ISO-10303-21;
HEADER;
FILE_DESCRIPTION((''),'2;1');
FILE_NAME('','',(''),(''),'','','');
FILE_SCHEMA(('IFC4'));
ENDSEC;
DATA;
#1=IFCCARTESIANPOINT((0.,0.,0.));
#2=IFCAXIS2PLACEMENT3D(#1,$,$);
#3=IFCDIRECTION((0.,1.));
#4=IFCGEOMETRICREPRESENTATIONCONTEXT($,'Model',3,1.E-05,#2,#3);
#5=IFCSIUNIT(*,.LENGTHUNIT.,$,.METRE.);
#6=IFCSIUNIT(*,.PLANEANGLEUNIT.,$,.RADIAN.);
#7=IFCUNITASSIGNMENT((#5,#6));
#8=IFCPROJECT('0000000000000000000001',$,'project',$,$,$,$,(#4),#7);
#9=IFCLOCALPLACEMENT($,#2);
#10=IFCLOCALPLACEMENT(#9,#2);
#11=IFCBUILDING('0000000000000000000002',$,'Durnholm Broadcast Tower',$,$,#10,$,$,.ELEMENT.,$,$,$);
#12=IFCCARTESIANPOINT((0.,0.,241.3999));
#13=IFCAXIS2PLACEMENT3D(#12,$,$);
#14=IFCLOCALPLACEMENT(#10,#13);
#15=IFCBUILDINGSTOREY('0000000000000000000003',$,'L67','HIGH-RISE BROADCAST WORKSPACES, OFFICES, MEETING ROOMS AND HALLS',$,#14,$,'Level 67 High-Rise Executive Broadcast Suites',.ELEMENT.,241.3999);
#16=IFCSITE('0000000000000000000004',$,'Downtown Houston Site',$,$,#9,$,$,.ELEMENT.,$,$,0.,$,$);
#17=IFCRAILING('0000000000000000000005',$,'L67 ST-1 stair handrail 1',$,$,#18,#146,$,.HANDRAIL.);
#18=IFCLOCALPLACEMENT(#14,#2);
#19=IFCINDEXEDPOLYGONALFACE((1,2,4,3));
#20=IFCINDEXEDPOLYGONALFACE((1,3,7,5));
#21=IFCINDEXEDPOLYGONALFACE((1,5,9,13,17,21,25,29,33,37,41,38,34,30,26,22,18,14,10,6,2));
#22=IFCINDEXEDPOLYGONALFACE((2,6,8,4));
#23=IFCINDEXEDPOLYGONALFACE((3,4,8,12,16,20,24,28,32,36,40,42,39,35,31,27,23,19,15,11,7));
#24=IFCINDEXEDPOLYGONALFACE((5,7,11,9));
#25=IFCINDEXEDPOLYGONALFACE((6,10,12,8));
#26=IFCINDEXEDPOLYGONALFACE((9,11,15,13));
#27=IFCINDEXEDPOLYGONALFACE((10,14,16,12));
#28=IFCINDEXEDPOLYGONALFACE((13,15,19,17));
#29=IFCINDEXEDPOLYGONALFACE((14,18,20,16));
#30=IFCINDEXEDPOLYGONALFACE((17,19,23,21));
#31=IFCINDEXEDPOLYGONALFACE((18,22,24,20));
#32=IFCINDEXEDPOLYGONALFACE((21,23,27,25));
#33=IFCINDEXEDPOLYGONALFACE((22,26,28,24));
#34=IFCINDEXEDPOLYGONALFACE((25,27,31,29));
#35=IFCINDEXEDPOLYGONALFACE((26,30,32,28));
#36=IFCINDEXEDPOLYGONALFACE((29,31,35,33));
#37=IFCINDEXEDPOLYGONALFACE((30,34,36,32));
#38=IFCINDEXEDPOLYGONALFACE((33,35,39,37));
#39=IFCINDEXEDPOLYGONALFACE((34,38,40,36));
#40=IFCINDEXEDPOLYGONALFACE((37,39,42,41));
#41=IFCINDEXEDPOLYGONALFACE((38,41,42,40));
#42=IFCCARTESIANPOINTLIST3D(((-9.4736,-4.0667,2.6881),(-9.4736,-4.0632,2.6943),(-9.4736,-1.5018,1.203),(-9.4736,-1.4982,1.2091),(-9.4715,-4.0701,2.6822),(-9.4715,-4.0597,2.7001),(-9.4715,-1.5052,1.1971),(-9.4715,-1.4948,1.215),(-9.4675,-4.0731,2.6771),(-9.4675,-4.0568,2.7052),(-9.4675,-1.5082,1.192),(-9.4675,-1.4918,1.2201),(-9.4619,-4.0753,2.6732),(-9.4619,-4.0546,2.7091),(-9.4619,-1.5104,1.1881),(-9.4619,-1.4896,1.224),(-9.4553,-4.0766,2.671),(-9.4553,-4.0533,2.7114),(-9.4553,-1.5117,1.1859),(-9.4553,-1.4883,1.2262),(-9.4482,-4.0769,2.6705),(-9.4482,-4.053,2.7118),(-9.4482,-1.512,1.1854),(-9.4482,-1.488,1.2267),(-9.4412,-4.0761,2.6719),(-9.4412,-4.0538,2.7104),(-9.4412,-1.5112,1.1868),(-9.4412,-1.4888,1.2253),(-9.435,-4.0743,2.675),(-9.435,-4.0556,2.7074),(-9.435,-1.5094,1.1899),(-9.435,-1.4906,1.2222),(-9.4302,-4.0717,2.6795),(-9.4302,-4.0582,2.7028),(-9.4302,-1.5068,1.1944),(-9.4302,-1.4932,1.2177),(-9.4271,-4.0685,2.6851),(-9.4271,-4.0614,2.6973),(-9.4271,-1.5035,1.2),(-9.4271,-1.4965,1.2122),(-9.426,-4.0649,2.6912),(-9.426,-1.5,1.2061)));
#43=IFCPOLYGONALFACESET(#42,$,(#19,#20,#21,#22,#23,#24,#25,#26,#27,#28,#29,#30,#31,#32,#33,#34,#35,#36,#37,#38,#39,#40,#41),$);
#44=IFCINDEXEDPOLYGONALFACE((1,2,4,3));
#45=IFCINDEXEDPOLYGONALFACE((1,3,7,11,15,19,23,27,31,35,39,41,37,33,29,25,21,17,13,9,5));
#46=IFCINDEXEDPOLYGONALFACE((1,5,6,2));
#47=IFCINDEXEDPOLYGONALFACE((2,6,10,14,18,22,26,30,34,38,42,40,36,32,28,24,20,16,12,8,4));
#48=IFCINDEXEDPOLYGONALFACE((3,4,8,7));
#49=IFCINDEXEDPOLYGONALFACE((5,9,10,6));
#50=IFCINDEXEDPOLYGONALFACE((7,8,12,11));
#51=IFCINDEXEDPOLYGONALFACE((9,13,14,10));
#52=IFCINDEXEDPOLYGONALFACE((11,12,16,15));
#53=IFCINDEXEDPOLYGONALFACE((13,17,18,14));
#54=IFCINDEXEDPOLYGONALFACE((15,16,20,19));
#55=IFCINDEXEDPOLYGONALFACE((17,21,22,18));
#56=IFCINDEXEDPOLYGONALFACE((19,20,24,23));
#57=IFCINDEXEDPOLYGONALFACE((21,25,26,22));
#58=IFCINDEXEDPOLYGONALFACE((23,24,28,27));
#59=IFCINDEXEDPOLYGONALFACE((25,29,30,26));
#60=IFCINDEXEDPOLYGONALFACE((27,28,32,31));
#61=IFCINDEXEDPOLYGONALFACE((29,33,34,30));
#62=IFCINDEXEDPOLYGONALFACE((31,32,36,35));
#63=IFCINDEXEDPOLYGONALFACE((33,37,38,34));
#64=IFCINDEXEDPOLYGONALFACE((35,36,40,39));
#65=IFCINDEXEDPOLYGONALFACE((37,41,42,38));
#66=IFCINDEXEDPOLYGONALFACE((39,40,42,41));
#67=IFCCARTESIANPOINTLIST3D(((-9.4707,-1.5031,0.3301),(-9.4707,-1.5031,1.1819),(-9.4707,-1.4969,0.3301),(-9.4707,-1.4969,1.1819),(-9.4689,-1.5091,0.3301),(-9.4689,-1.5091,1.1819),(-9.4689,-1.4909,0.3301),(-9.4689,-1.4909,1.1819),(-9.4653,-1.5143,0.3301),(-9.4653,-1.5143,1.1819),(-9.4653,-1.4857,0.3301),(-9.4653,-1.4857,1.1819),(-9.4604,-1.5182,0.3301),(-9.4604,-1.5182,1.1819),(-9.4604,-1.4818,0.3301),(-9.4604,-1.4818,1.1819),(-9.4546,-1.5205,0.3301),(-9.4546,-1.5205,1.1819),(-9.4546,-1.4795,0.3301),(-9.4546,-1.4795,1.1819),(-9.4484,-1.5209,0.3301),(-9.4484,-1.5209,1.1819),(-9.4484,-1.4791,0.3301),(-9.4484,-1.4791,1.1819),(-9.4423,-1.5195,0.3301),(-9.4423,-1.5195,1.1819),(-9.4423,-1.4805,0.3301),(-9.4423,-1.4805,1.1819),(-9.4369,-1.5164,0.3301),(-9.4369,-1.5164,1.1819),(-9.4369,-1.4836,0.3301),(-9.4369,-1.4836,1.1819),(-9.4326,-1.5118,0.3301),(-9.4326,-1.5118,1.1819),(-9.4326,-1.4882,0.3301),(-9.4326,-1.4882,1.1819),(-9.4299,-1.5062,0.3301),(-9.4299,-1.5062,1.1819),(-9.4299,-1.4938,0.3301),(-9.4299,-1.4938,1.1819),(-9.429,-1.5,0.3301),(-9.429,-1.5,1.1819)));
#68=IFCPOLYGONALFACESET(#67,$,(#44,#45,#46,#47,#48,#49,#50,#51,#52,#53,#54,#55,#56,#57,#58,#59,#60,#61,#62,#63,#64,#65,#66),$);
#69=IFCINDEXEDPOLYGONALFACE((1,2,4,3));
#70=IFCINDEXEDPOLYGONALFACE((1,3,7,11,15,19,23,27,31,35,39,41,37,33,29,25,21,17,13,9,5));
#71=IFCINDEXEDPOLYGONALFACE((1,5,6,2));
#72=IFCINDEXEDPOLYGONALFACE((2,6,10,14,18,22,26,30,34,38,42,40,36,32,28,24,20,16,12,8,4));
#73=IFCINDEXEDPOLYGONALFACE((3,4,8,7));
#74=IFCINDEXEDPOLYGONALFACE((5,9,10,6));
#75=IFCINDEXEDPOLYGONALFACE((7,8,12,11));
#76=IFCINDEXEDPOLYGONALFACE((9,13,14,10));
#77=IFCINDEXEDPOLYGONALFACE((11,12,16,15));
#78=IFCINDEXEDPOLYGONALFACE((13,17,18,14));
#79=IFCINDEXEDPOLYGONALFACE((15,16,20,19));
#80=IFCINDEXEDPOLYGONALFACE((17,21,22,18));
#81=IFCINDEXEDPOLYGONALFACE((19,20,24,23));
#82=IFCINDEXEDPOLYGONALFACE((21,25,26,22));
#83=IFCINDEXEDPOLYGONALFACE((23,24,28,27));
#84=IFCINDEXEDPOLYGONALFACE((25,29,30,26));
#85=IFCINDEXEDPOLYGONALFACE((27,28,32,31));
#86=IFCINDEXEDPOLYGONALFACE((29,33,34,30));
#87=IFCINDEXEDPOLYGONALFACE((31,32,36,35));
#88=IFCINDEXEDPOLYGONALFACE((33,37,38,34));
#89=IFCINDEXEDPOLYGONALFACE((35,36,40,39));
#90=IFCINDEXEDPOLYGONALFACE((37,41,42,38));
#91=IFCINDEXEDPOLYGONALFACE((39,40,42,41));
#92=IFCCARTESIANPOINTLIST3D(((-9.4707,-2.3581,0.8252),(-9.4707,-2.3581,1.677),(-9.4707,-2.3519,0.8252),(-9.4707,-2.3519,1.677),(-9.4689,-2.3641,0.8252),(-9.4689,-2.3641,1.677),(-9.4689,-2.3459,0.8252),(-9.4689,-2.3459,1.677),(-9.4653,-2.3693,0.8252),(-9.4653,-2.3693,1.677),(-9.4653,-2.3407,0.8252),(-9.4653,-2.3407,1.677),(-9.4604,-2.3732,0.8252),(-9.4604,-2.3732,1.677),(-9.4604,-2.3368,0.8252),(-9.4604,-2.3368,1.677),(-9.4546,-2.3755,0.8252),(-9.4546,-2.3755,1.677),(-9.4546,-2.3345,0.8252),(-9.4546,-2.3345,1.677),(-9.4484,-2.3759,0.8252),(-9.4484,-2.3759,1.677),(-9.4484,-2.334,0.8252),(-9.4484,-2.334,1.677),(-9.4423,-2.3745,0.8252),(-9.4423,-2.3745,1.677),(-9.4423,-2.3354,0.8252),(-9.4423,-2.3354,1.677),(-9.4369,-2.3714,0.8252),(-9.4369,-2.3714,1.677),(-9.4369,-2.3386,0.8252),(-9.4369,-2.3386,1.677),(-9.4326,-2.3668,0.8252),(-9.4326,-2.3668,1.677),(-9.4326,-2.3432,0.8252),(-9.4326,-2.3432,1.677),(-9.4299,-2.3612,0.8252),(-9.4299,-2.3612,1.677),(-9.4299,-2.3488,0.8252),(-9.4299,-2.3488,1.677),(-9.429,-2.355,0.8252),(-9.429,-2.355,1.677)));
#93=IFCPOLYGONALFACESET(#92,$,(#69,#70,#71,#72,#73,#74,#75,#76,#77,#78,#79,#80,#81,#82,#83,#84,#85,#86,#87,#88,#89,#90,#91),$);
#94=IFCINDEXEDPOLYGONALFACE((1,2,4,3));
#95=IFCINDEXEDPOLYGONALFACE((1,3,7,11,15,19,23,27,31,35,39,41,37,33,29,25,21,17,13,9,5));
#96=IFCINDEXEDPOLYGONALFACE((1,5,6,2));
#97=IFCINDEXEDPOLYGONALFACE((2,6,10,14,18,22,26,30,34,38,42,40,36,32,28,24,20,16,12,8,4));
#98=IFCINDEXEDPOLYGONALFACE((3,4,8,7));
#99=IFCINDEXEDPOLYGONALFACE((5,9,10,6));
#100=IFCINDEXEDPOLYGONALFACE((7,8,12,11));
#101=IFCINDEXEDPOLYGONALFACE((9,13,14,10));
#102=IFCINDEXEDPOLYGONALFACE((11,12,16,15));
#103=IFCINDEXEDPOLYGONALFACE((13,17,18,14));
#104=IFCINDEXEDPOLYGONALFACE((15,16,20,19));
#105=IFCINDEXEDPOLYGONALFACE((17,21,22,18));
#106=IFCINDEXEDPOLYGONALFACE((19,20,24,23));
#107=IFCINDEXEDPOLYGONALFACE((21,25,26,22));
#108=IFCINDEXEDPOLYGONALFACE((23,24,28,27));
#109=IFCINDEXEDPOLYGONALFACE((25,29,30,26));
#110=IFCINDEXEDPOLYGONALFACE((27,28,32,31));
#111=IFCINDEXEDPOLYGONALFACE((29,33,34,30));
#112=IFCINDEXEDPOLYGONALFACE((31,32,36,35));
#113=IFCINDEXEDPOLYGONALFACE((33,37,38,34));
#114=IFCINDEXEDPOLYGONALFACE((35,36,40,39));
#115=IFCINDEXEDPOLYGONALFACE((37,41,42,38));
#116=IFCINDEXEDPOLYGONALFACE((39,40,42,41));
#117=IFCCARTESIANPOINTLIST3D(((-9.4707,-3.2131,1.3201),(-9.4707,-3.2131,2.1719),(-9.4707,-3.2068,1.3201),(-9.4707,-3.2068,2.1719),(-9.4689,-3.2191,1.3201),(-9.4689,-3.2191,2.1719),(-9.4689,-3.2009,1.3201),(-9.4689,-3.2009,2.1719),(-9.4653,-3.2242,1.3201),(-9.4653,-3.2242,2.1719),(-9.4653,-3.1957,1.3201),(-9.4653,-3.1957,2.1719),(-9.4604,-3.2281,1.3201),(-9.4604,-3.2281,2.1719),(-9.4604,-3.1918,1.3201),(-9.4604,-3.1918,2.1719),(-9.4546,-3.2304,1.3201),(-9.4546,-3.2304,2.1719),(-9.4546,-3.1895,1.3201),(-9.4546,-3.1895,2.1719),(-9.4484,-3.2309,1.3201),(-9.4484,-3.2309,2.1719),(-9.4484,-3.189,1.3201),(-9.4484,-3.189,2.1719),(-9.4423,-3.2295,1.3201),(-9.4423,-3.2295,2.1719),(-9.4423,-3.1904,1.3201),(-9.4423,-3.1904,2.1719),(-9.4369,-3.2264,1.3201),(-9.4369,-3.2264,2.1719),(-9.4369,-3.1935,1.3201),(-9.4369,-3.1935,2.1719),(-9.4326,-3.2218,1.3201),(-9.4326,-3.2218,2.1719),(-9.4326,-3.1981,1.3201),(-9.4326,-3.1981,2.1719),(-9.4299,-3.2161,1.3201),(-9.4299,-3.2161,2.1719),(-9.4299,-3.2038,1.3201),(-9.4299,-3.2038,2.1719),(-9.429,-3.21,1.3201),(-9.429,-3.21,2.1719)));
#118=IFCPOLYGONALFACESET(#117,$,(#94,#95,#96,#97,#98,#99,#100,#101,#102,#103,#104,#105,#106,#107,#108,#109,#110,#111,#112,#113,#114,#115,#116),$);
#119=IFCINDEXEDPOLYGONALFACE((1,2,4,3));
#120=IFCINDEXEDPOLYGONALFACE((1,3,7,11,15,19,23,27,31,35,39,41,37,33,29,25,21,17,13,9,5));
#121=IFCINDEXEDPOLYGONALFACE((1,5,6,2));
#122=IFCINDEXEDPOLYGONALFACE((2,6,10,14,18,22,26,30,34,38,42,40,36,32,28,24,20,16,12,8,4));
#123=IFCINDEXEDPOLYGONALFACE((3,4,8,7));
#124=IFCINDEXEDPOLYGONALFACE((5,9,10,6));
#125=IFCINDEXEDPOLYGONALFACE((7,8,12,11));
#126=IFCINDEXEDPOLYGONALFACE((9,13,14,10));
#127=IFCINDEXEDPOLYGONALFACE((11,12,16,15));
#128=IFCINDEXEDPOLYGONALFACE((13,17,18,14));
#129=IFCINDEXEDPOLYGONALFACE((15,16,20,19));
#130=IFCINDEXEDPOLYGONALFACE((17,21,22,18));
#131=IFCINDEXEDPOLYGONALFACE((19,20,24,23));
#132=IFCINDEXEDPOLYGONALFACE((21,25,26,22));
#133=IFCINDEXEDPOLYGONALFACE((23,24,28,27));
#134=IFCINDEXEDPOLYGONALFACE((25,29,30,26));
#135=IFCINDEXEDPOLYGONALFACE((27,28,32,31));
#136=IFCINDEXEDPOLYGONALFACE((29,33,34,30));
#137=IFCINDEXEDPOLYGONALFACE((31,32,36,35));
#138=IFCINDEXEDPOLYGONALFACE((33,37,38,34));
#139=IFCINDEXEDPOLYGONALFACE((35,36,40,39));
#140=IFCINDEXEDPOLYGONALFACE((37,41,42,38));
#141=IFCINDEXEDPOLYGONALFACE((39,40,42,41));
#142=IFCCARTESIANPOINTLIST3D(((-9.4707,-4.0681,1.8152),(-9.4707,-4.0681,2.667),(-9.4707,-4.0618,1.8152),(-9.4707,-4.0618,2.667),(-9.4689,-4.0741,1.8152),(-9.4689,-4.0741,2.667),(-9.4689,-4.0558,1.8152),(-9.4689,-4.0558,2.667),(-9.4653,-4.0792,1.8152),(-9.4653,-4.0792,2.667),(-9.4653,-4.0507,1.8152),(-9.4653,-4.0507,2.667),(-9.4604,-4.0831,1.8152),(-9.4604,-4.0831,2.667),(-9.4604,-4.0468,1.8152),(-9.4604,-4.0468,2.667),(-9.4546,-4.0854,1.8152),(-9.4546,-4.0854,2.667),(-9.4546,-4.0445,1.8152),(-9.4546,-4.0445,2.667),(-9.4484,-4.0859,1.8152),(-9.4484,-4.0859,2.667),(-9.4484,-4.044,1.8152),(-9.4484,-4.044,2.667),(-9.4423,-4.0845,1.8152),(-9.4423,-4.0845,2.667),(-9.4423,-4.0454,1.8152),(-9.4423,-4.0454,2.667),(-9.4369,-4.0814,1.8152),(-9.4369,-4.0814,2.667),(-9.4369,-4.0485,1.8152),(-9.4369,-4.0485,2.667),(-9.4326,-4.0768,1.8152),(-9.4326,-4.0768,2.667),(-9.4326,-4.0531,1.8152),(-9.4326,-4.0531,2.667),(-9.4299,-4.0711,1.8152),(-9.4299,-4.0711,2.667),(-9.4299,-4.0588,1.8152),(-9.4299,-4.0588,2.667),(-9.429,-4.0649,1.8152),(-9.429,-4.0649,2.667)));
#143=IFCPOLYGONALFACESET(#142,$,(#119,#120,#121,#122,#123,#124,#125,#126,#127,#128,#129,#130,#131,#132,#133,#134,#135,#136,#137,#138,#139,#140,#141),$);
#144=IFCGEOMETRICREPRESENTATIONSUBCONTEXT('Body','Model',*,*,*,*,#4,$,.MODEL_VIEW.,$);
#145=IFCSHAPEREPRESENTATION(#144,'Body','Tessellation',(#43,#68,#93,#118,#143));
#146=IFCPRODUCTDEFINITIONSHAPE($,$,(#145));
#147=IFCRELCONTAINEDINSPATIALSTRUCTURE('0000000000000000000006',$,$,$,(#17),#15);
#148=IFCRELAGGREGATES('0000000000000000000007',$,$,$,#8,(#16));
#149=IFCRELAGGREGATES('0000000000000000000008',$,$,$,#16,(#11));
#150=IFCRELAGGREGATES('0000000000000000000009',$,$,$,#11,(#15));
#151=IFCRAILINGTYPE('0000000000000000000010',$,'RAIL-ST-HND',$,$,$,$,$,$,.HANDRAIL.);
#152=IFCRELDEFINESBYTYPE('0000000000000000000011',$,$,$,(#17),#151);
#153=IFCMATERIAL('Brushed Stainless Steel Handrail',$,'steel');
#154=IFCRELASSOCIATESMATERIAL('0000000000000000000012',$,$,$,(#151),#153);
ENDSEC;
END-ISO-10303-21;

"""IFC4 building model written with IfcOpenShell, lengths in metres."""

from ifc_helpers import new_model, si_unit, direction, frame, origin, origin_2d, place, context, subcontext, project, spatial, circle, extrude, material, type_object, element, save


model = new_model("IFC4")

# Units and contexts
model_context = context("Model", 3, precision=1e-05, world=origin(), true_north=direction((0.0, 1.0)))
body_context = subcontext(model_context, "Body", "Model", "MODEL_VIEW")
ifc_project = project(units=[si_unit("LENGTHUNIT", "METRE"), si_unit("PLANEANGLEUNIT", "RADIAN")], contexts=[model_context])

# Site, building, storey
site_placement = place(None, origin())
site = spatial("IfcSite", under=ifc_project, at=site_placement, Name="Downtown Houston Site", CompositionType="ELEMENT", RefElevation=0.0)
building_placement = place(site_placement, origin())
building = spatial("IfcBuilding", under=site, at=building_placement, Name="Durnholm Broadcast Tower", CompositionType="ELEMENT")
storey_placement = place(building_placement, frame((0.0, 0.0, 241.3999)))
storey = spatial("IfcBuildingStorey", under=building, at=storey_placement, Name="L67", Description="HIGH-RISE BROADCAST WORKSPACES, OFFICES, MEETING ROOMS AND HALLS", LongName="Level 67 High-Rise Executive Broadcast Suites", CompositionType="ELEMENT", Elevation=241.3999)

# Railing
ifc_material_1 = material(Name="Brushed Stainless Steel Handrail", Category="steel")
railing_type_1 = type_object("IfcRailingType", Name="RAIL-ST-HND", PredefinedType="HANDRAIL", material=ifc_material_1)
railing_1_placement = place(storey_placement, frame((-9.45, -1.5, 0.3301)))
element("IfcRailing", 1, at=railing_1_placement, inside=storey, type_object=railing_type_1, Name="L67 ST-1 stair handrail 1", PredefinedType="HANDRAIL", context=body_context, shape_type="SweptSolid", body=[
    extrude(circle(Radius=0.0239, at=origin_2d()), frame((0.0, 0.0, 0.876), z_axis=(0.0, -0.865406, 0.501072), x_axis=(1.0, 0.0, 0.0)), (0.0, 0.0, 1.0), 2.9639),
    extrude(circle(Radius=0.021, at=origin_2d()), origin(), (0.0, 0.0, 1.0), 0.8518),
    extrude(circle(Radius=0.021, at=origin_2d()), frame((0.0, -0.855, 0.4951)), (0.0, 0.0, 1.0), 0.8518),
    extrude(circle(Radius=0.021, at=origin_2d()), frame((0.0, -1.71, 0.99)), (0.0, 0.0, 1.0), 0.8518),
    extrude(circle(Radius=0.021, at=origin_2d()), frame((0.0, -2.5649, 1.4851)), (0.0, 0.0, 1.0), 0.8518),
])

save(model, "model.ifc")
